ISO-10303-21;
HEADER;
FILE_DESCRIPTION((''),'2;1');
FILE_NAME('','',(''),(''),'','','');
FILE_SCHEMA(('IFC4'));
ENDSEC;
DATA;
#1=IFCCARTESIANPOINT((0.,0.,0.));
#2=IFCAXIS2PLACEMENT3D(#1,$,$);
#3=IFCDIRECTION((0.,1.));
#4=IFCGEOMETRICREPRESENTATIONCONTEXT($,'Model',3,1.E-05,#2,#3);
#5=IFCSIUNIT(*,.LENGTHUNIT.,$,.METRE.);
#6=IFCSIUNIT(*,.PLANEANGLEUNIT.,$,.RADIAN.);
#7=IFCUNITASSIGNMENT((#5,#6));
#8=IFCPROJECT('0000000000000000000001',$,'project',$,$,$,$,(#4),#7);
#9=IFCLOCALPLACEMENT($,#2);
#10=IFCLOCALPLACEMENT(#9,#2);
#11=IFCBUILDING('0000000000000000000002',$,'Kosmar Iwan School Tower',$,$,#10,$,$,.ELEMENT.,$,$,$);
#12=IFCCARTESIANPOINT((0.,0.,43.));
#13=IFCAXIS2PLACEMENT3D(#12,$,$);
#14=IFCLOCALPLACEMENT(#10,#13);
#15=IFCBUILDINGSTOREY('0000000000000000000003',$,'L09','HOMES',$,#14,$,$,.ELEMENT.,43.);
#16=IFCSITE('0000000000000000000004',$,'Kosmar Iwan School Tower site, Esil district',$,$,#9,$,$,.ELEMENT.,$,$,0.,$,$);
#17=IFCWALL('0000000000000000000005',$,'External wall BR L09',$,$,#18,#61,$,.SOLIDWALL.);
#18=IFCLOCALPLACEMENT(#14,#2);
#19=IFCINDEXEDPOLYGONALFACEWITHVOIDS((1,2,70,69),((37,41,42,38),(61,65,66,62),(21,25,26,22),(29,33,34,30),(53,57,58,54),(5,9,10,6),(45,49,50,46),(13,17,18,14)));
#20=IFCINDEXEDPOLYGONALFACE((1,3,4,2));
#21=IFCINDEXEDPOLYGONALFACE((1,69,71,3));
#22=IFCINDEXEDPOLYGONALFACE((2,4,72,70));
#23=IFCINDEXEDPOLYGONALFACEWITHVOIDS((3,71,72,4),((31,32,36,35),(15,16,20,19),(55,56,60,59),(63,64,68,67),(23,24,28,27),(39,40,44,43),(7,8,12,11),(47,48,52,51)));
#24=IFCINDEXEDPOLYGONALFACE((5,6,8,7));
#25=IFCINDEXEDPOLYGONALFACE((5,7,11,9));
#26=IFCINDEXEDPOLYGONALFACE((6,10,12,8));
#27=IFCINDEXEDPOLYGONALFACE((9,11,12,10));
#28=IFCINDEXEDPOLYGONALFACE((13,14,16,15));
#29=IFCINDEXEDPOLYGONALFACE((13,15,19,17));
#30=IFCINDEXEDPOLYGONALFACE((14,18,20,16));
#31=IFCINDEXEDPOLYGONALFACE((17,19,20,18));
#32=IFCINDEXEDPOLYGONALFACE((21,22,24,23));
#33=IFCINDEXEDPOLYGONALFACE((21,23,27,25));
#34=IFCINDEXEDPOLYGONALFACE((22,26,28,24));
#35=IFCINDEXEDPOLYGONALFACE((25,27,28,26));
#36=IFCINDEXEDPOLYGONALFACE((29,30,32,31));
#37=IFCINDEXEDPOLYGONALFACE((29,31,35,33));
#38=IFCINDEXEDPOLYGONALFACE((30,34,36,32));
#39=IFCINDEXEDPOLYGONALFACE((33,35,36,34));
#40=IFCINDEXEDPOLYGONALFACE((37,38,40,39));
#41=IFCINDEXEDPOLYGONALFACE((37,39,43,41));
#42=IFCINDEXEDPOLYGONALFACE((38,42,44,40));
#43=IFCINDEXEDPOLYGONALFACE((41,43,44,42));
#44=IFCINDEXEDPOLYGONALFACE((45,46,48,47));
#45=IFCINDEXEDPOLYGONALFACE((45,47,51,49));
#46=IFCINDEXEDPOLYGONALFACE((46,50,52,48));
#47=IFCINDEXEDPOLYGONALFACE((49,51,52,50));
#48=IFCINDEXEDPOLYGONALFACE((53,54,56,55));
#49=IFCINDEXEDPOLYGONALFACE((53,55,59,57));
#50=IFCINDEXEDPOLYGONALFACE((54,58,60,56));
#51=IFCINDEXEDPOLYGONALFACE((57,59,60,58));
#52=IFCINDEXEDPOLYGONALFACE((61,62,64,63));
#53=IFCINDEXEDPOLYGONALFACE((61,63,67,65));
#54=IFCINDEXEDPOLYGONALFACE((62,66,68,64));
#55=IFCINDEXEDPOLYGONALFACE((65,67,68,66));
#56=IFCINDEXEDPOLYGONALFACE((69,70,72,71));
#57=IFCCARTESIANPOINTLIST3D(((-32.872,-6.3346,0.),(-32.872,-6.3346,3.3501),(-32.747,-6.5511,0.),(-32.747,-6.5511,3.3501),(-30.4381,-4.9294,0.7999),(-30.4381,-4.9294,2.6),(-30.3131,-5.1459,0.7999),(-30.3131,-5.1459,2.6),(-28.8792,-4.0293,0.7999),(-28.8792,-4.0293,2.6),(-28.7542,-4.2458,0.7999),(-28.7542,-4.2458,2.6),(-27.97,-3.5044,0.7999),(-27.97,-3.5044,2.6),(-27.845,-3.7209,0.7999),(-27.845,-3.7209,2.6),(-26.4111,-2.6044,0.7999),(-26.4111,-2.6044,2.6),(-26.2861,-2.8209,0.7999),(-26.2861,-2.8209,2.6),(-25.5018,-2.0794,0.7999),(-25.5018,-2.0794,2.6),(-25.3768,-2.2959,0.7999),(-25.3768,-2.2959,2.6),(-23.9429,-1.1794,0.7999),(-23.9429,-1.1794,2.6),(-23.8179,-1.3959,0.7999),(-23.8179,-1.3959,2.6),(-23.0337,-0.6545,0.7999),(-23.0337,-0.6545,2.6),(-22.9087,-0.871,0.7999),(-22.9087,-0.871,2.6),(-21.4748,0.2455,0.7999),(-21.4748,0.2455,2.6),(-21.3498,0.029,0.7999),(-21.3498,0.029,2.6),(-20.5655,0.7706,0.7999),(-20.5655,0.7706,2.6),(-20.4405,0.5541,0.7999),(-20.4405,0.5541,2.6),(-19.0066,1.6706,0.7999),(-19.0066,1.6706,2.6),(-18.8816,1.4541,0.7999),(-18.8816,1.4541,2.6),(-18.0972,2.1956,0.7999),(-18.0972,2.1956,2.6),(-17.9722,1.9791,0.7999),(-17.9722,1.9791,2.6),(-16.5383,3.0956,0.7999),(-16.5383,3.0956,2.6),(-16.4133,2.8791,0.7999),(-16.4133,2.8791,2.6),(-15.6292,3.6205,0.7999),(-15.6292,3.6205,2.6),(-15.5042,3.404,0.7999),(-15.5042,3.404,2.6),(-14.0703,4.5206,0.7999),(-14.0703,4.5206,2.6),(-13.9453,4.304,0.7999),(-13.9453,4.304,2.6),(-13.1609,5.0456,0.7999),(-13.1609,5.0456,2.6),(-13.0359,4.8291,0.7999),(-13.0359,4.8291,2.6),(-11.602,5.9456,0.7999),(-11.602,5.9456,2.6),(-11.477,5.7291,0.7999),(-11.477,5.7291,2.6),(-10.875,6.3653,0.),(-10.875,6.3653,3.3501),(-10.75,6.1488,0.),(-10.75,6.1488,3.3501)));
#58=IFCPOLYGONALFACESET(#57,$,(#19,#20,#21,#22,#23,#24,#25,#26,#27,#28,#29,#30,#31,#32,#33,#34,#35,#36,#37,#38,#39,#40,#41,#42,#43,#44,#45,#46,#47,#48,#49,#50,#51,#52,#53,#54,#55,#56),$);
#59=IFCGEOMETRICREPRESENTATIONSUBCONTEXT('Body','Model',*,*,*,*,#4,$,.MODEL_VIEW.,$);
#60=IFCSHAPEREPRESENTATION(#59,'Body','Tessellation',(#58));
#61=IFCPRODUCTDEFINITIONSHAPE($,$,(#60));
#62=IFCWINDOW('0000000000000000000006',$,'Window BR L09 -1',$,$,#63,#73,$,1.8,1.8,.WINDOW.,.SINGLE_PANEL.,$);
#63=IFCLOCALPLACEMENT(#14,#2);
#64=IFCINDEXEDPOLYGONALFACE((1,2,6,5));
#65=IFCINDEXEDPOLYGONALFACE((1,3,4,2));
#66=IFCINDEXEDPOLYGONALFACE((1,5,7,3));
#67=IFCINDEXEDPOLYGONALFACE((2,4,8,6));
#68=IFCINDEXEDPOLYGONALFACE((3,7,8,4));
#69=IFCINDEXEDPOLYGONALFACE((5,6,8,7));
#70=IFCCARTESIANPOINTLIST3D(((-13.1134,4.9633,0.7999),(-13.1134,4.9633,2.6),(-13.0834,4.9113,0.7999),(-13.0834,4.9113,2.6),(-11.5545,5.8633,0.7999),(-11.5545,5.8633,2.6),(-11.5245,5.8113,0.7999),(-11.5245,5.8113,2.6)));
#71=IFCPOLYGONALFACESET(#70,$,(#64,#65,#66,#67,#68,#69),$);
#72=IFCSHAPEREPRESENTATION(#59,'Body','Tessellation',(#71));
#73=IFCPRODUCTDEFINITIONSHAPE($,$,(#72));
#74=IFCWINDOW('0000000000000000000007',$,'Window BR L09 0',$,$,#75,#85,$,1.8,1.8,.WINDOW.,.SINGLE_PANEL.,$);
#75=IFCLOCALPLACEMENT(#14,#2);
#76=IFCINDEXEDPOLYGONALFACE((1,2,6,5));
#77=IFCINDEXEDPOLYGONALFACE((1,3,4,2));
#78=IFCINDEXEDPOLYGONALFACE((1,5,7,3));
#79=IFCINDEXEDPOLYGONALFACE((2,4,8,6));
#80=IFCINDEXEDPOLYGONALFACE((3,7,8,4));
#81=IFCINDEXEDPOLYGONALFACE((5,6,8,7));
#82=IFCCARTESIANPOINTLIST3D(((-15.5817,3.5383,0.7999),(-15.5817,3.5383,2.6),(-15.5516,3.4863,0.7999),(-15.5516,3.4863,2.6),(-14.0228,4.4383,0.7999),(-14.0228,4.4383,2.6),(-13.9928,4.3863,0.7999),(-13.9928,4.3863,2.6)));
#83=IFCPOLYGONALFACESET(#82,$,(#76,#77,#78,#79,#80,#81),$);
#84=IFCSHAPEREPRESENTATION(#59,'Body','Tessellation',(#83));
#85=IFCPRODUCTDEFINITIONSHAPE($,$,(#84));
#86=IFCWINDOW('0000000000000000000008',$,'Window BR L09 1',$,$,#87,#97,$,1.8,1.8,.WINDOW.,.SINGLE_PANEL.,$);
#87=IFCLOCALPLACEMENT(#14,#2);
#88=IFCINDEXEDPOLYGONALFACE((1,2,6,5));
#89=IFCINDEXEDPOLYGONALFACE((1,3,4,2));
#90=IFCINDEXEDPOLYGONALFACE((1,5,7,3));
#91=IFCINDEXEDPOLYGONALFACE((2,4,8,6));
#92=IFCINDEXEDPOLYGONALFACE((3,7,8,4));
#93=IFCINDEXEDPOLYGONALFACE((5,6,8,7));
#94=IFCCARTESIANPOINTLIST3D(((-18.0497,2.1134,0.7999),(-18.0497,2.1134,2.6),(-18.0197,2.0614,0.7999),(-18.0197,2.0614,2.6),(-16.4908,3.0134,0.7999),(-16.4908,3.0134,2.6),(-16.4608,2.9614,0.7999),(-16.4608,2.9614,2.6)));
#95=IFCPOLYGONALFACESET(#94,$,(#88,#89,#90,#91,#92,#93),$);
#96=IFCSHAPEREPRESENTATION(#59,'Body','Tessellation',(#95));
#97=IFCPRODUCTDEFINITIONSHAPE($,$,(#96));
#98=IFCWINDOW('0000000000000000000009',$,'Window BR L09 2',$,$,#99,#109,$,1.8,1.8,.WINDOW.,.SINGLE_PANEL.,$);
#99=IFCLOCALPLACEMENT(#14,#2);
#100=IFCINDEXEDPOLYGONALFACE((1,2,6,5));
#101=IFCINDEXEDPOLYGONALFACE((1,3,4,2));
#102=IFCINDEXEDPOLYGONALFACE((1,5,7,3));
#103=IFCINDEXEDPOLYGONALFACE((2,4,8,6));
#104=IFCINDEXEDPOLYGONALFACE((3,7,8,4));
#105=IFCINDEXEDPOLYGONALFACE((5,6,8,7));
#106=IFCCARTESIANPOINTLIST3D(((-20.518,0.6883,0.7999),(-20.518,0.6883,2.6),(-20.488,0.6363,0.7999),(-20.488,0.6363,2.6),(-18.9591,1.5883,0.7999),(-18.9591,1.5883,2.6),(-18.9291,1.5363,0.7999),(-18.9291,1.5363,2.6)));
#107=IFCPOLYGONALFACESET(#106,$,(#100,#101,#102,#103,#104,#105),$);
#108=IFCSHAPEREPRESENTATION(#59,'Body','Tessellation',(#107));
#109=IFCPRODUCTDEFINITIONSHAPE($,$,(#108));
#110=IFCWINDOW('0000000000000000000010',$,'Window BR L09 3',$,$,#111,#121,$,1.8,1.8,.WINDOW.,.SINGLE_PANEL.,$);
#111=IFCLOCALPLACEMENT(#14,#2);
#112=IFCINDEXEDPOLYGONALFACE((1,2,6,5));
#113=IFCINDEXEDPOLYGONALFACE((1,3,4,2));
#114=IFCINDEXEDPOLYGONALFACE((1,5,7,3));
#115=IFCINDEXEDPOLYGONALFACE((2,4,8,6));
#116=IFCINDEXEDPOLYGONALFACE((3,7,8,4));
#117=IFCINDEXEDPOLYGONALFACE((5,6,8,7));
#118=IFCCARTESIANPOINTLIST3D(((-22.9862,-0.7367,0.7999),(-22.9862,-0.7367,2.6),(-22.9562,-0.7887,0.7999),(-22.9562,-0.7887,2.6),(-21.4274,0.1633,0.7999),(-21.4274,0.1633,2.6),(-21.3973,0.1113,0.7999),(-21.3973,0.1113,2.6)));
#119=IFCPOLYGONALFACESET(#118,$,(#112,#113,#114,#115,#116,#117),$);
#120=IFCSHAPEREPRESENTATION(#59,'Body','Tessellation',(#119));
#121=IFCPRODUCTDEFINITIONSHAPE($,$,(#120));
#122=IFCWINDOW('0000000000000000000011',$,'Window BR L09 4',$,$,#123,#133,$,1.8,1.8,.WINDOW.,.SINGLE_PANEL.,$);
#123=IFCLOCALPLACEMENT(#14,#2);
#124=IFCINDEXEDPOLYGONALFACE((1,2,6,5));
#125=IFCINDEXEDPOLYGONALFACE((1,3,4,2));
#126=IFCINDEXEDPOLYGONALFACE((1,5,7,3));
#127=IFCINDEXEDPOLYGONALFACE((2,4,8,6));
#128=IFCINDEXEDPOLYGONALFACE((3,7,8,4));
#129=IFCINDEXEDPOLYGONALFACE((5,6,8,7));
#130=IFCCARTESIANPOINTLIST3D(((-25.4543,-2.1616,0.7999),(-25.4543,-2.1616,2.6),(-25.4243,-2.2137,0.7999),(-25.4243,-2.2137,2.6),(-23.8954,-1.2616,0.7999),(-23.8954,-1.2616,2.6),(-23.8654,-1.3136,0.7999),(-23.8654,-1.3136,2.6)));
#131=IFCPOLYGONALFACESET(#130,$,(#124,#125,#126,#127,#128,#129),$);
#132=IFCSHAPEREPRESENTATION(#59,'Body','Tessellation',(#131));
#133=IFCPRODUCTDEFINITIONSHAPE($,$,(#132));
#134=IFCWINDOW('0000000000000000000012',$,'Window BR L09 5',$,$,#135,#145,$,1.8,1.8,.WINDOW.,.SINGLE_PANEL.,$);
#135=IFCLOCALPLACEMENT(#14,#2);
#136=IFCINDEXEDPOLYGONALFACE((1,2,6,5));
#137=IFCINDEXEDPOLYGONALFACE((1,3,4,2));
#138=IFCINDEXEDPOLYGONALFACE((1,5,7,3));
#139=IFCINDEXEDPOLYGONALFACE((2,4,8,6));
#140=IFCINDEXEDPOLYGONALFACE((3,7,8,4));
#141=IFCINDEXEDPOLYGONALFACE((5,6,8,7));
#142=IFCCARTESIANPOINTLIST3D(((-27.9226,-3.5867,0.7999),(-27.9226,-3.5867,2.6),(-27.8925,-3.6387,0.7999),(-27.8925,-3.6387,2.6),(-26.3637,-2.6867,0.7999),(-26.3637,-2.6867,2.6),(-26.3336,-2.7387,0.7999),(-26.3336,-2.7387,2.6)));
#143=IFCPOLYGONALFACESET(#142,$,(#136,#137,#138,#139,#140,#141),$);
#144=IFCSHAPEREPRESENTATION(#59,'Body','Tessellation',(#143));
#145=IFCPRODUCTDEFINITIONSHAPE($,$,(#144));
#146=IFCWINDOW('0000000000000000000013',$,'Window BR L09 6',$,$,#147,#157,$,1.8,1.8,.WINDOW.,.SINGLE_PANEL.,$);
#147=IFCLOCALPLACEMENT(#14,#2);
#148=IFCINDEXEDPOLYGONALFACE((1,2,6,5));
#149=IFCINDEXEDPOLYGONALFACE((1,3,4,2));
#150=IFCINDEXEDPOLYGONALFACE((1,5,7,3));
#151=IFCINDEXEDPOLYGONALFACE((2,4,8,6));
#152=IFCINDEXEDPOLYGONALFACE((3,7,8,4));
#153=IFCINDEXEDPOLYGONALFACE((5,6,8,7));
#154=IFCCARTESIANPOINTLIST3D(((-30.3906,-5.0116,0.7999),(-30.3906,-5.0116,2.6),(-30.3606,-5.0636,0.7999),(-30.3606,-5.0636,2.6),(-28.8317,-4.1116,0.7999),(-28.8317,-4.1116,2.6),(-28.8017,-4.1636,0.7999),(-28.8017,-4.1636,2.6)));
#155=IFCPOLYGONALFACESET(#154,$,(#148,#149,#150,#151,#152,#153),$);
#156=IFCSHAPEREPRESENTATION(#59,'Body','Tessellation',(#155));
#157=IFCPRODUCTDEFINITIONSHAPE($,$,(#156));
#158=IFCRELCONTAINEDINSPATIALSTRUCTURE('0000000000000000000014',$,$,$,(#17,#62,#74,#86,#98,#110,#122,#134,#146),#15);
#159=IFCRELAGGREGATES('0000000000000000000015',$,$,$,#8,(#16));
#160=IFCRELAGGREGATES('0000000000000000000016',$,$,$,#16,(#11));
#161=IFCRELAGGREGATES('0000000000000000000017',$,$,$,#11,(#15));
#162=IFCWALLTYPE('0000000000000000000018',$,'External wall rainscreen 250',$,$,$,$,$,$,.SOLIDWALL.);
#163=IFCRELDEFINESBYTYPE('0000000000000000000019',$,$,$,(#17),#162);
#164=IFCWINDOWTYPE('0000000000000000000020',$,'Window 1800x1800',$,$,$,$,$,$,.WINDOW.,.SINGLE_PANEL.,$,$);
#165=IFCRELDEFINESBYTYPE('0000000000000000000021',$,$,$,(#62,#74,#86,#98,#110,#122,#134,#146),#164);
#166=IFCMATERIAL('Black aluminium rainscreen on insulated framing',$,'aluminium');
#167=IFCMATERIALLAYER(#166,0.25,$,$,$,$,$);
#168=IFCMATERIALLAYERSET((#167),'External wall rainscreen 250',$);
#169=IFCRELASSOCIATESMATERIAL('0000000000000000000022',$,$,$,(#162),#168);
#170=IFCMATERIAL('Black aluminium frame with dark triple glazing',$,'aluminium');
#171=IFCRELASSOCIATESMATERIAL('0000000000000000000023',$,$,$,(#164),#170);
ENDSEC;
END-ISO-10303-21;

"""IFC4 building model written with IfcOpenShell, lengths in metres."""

from ifc_helpers import new_model, si_unit, direction, frame, frame_2d, origin, place, context, subcontext, project, spatial, rectangle, extrude, material, layer, layer_set, type_object, element, fill, save


model = new_model("IFC4")

# Units and contexts
model_context = context("Model", 3, precision=1e-05, world=origin(), true_north=direction((0.0, 1.0)))
body_context = subcontext(model_context, "Body", "Model", "MODEL_VIEW")
ifc_project = project(units=[si_unit("LENGTHUNIT", "METRE"), si_unit("PLANEANGLEUNIT", "RADIAN")], contexts=[model_context])

# Site, building, storey
site_placement = place(None, origin())
site = spatial("IfcSite", under=ifc_project, at=site_placement, Name="Kosmar Iwan School Tower site, Esil district", CompositionType="ELEMENT", RefElevation=0.0)
building_placement = place(site_placement, origin())
building = spatial("IfcBuilding", under=site, at=building_placement, Name="Kosmar Iwan School Tower", CompositionType="ELEMENT")
storey_placement = place(building_placement, frame((0.0, 0.0, 43.0)))
storey = spatial("IfcBuildingStorey", under=building, at=storey_placement, Name="L09", Description="HOMES", CompositionType="ELEMENT", Elevation=43.0)

# Wall, openings, windows
ifc_material_1 = material(Name="Black aluminium rainscreen on insulated framing", Category="aluminium")
ifc_layer = layer(ifc_material_1, 0.25)
ifc_layer_set = layer_set([ifc_layer], Name="External wall rainscreen 250")
wall_type = type_object("IfcWallType", Name="External wall rainscreen 250", PredefinedType="SOLIDWALL", material=ifc_layer_set)
ifc_material_2 = material(Name="Black aluminium frame with dark triple glazing", Category="aluminium")
window_type = type_object("IfcWindowType", Name="Window 1800x1800", PartitioningType="SINGLE_PANEL", PredefinedType="WINDOW", material=ifc_material_2)
wall_1_placement = place(storey_placement, frame((-10.8125, 6.2571, 0.0), z_axis=(0.0, 0.0, 1.0), x_axis=(-0.866026, -0.499998, 0.0)))
wall_1 = element("IfcWall", 1, at=wall_1_placement, inside=storey, type_object=wall_type, Name="External wall BR L09", PredefinedType="SOLIDWALL", context=body_context, shape_type="SweptSolid", body=[
    extrude(rectangle(XDim=25.3999, YDim=0.25, at=frame_2d((12.7, 0.0))), origin(), (0.0, 0.0, 1.0), 3.3501),
])
opening_1_placement = place(wall_1_placement, frame((0.8396, 0.0, 0.8)))
opening_1 = element("IfcOpeningElement", 2, at=opening_1_placement, cuts=wall_1, PredefinedType="OPENING", context=body_context, shape_type="SweptSolid", body=[
    extrude(rectangle(XDim=1.8, YDim=1.8, at=frame_2d((0.8999, 0.8999))), frame((0.0, 0.137, 0.0), z_axis=(0.0, -1.0, 0.0), x_axis=(1.0, 0.0, 0.0)), (0.0, 0.0, 1.0), 0.2739),
])
opening_2_placement = place(wall_1_placement, frame((3.6897, 0.0, 0.8)))
opening_2 = element("IfcOpeningElement", 3, at=opening_2_placement, cuts=wall_1, PredefinedType="OPENING", context=body_context, shape_type="SweptSolid", body=[
    extrude(rectangle(XDim=1.8, YDim=1.8, at=frame_2d((0.8999, 0.8999))), frame((0.0, 0.137, 0.0), z_axis=(0.0, -1.0, 0.0), x_axis=(1.0, 0.0, 0.0)), (0.0, 0.0, 1.0), 0.2739),
])
opening_3_placement = place(wall_1_placement, frame((6.5396, 0.0, 0.8)))
opening_3 = element("IfcOpeningElement", 4, at=opening_3_placement, cuts=wall_1, PredefinedType="OPENING", context=body_context, shape_type="SweptSolid", body=[
    extrude(rectangle(XDim=1.8, YDim=1.8, at=frame_2d((0.8999, 0.8999))), frame((0.0, 0.137, 0.0), z_axis=(0.0, -1.0, 0.0), x_axis=(1.0, 0.0, 0.0)), (0.0, 0.0, 1.0), 0.2739),
])
opening_4_placement = place(wall_1_placement, frame((9.3896, 0.0, 0.8)))
opening_4 = element("IfcOpeningElement", 5, at=opening_4_placement, cuts=wall_1, PredefinedType="OPENING", context=body_context, shape_type="SweptSolid", body=[
    extrude(rectangle(XDim=1.8, YDim=1.8, at=frame_2d((0.8999, 0.8999))), frame((0.0, 0.137, 0.0), z_axis=(0.0, -1.0, 0.0), x_axis=(1.0, 0.0, 0.0)), (0.0, 0.0, 1.0), 0.2739),
])
opening_5_placement = place(wall_1_placement, frame((12.2397, 0.0, 0.8)))
opening_5 = element("IfcOpeningElement", 6, at=opening_5_placement, cuts=wall_1, PredefinedType="OPENING", context=body_context, shape_type="SweptSolid", body=[
    extrude(rectangle(XDim=1.8, YDim=1.8, at=frame_2d((0.8999, 0.8999))), frame((0.0, 0.137, 0.0), z_axis=(0.0, -1.0, 0.0), x_axis=(1.0, 0.0, 0.0)), (0.0, 0.0, 1.0), 0.2739),
])
opening_6_placement = place(wall_1_placement, frame((15.0896, 0.0, 0.8)))
opening_6 = element("IfcOpeningElement", 7, at=opening_6_placement, cuts=wall_1, PredefinedType="OPENING", context=body_context, shape_type="SweptSolid", body=[
    extrude(rectangle(XDim=1.8, YDim=1.8, at=frame_2d((0.8999, 0.8999))), frame((0.0, 0.137, 0.0), z_axis=(0.0, -1.0, 0.0), x_axis=(1.0, 0.0, 0.0)), (0.0, 0.0, 1.0), 0.2739),
])
opening_7_placement = place(wall_1_placement, frame((17.9397, 0.0, 0.8)))
opening_7 = element("IfcOpeningElement", 8, at=opening_7_placement, cuts=wall_1, PredefinedType="OPENING", context=body_context, shape_type="SweptSolid", body=[
    extrude(rectangle(XDim=1.8, YDim=1.8, at=frame_2d((0.8999, 0.8999))), frame((0.0, 0.137, 0.0), z_axis=(0.0, -1.0, 0.0), x_axis=(1.0, 0.0, 0.0)), (0.0, 0.0, 1.0), 0.2739),
])
opening_8_placement = place(wall_1_placement, frame((20.7896, 0.0, 0.8)))
opening_8 = element("IfcOpeningElement", 9, at=opening_8_placement, cuts=wall_1, PredefinedType="OPENING", context=body_context, shape_type="SweptSolid", body=[
    extrude(rectangle(XDim=1.8, YDim=1.8, at=frame_2d((0.8999, 0.8999))), frame((0.0, 0.137, 0.0), z_axis=(0.0, -1.0, 0.0), x_axis=(1.0, 0.0, 0.0)), (0.0, 0.0, 1.0), 0.2739),
])
window_1_placement = place(opening_1_placement, origin())
window_1 = element("IfcWindow", 10, at=window_1_placement, inside=storey, type_object=window_type, Name="Window BR L09 -1", OverallHeight=1.8, OverallWidth=1.8, PartitioningType="SINGLE_PANEL", PredefinedType="WINDOW", context=body_context, shape_type="SweptSolid", body=[
    extrude(rectangle(XDim=1.8, YDim=1.8, at=frame_2d((0.8999, 0.8999))), frame((0.0, 0.03, 0.0), z_axis=(0.0, -1.0, 0.0), x_axis=(1.0, 0.0, 0.0)), (0.0, 0.0, 1.0), 0.0601),
])
fill(opening_1, window_1)
window_2_placement = place(opening_2_placement, origin())
window_2 = element("IfcWindow", 11, at=window_2_placement, inside=storey, type_object=window_type, Name="Window BR L09 0", OverallHeight=1.8, OverallWidth=1.8, PartitioningType="SINGLE_PANEL", PredefinedType="WINDOW", context=body_context, shape_type="SweptSolid", body=[
    extrude(rectangle(XDim=1.8, YDim=1.8, at=frame_2d((0.8999, 0.8999))), frame((0.0, 0.03, 0.0), z_axis=(0.0, -1.0, 0.0), x_axis=(1.0, 0.0, 0.0)), (0.0, 0.0, 1.0), 0.0601),
])
fill(opening_2, window_2)
window_3_placement = place(opening_3_placement, origin())
window_3 = element("IfcWindow", 12, at=window_3_placement, inside=storey, type_object=window_type, Name="Window BR L09 1", OverallHeight=1.8, OverallWidth=1.8, PartitioningType="SINGLE_PANEL", PredefinedType="WINDOW", context=body_context, shape_type="SweptSolid", body=[
    extrude(rectangle(XDim=1.8, YDim=1.8, at=frame_2d((0.8999, 0.8999))), frame((0.0, 0.03, 0.0), z_axis=(0.0, -1.0, 0.0), x_axis=(1.0, 0.0, 0.0)), (0.0, 0.0, 1.0), 0.0601),
])
fill(opening_3, window_3)
window_4_placement = place(opening_4_placement, origin())
window_4 = element("IfcWindow", 13, at=window_4_placement, inside=storey, type_object=window_type, Name="Window BR L09 2", OverallHeight=1.8, OverallWidth=1.8, PartitioningType="SINGLE_PANEL", PredefinedType="WINDOW", context=body_context, shape_type="SweptSolid", body=[
    extrude(rectangle(XDim=1.8, YDim=1.8, at=frame_2d((0.8999, 0.8999))), frame((0.0, 0.03, 0.0), z_axis=(0.0, -1.0, 0.0), x_axis=(1.0, 0.0, 0.0)), (0.0, 0.0, 1.0), 0.0601),
])
fill(opening_4, window_4)
window_5_placement = place(opening_5_placement, origin())
window_5 = element("IfcWindow", 14, at=window_5_placement, inside=storey, type_object=window_type, Name="Window BR L09 3", OverallHeight=1.8, OverallWidth=1.8, PartitioningType="SINGLE_PANEL", PredefinedType="WINDOW", context=body_context, shape_type="SweptSolid", body=[
    extrude(rectangle(XDim=1.8, YDim=1.8, at=frame_2d((0.8999, 0.8999))), frame((0.0, 0.03, 0.0), z_axis=(0.0, -1.0, 0.0), x_axis=(1.0, 0.0, 0.0)), (0.0, 0.0, 1.0), 0.0601),
])
fill(opening_5, window_5)
window_6_placement = place(opening_6_placement, origin())
window_6 = element("IfcWindow", 15, at=window_6_placement, inside=storey, type_object=window_type, Name="Window BR L09 4", OverallHeight=1.8, OverallWidth=1.8, PartitioningType="SINGLE_PANEL", PredefinedType="WINDOW", context=body_context, shape_type="SweptSolid", body=[
    extrude(rectangle(XDim=1.8, YDim=1.8, at=frame_2d((0.8999, 0.8999))), frame((0.0, 0.03, 0.0), z_axis=(0.0, -1.0, 0.0), x_axis=(1.0, 0.0, 0.0)), (0.0, 0.0, 1.0), 0.0601),
])
fill(opening_6, window_6)
window_7_placement = place(opening_7_placement, origin())
window_7 = element("IfcWindow", 16, at=window_7_placement, inside=storey, type_object=window_type, Name="Window BR L09 5", OverallHeight=1.8, OverallWidth=1.8, PartitioningType="SINGLE_PANEL", PredefinedType="WINDOW", context=body_context, shape_type="SweptSolid", body=[
    extrude(rectangle(XDim=1.8, YDim=1.8, at=frame_2d((0.8999, 0.8999))), frame((0.0, 0.03, 0.0), z_axis=(0.0, -1.0, 0.0), x_axis=(1.0, 0.0, 0.0)), (0.0, 0.0, 1.0), 0.0601),
])
fill(opening_7, window_7)
window_8_placement = place(opening_8_placement, origin())
window_8 = element("IfcWindow", 17, at=window_8_placement, inside=storey, type_object=window_type, Name="Window BR L09 6", OverallHeight=1.8, OverallWidth=1.8, PartitioningType="SINGLE_PANEL", PredefinedType="WINDOW", context=body_context, shape_type="SweptSolid", body=[
    extrude(rectangle(XDim=1.8, YDim=1.8, at=frame_2d((0.8999, 0.8999))), frame((0.0, 0.03, 0.0), z_axis=(0.0, -1.0, 0.0), x_axis=(1.0, 0.0, 0.0)), (0.0, 0.0, 1.0), 0.0601),
])
fill(opening_8, window_8)

save(model, "model.ifc")
